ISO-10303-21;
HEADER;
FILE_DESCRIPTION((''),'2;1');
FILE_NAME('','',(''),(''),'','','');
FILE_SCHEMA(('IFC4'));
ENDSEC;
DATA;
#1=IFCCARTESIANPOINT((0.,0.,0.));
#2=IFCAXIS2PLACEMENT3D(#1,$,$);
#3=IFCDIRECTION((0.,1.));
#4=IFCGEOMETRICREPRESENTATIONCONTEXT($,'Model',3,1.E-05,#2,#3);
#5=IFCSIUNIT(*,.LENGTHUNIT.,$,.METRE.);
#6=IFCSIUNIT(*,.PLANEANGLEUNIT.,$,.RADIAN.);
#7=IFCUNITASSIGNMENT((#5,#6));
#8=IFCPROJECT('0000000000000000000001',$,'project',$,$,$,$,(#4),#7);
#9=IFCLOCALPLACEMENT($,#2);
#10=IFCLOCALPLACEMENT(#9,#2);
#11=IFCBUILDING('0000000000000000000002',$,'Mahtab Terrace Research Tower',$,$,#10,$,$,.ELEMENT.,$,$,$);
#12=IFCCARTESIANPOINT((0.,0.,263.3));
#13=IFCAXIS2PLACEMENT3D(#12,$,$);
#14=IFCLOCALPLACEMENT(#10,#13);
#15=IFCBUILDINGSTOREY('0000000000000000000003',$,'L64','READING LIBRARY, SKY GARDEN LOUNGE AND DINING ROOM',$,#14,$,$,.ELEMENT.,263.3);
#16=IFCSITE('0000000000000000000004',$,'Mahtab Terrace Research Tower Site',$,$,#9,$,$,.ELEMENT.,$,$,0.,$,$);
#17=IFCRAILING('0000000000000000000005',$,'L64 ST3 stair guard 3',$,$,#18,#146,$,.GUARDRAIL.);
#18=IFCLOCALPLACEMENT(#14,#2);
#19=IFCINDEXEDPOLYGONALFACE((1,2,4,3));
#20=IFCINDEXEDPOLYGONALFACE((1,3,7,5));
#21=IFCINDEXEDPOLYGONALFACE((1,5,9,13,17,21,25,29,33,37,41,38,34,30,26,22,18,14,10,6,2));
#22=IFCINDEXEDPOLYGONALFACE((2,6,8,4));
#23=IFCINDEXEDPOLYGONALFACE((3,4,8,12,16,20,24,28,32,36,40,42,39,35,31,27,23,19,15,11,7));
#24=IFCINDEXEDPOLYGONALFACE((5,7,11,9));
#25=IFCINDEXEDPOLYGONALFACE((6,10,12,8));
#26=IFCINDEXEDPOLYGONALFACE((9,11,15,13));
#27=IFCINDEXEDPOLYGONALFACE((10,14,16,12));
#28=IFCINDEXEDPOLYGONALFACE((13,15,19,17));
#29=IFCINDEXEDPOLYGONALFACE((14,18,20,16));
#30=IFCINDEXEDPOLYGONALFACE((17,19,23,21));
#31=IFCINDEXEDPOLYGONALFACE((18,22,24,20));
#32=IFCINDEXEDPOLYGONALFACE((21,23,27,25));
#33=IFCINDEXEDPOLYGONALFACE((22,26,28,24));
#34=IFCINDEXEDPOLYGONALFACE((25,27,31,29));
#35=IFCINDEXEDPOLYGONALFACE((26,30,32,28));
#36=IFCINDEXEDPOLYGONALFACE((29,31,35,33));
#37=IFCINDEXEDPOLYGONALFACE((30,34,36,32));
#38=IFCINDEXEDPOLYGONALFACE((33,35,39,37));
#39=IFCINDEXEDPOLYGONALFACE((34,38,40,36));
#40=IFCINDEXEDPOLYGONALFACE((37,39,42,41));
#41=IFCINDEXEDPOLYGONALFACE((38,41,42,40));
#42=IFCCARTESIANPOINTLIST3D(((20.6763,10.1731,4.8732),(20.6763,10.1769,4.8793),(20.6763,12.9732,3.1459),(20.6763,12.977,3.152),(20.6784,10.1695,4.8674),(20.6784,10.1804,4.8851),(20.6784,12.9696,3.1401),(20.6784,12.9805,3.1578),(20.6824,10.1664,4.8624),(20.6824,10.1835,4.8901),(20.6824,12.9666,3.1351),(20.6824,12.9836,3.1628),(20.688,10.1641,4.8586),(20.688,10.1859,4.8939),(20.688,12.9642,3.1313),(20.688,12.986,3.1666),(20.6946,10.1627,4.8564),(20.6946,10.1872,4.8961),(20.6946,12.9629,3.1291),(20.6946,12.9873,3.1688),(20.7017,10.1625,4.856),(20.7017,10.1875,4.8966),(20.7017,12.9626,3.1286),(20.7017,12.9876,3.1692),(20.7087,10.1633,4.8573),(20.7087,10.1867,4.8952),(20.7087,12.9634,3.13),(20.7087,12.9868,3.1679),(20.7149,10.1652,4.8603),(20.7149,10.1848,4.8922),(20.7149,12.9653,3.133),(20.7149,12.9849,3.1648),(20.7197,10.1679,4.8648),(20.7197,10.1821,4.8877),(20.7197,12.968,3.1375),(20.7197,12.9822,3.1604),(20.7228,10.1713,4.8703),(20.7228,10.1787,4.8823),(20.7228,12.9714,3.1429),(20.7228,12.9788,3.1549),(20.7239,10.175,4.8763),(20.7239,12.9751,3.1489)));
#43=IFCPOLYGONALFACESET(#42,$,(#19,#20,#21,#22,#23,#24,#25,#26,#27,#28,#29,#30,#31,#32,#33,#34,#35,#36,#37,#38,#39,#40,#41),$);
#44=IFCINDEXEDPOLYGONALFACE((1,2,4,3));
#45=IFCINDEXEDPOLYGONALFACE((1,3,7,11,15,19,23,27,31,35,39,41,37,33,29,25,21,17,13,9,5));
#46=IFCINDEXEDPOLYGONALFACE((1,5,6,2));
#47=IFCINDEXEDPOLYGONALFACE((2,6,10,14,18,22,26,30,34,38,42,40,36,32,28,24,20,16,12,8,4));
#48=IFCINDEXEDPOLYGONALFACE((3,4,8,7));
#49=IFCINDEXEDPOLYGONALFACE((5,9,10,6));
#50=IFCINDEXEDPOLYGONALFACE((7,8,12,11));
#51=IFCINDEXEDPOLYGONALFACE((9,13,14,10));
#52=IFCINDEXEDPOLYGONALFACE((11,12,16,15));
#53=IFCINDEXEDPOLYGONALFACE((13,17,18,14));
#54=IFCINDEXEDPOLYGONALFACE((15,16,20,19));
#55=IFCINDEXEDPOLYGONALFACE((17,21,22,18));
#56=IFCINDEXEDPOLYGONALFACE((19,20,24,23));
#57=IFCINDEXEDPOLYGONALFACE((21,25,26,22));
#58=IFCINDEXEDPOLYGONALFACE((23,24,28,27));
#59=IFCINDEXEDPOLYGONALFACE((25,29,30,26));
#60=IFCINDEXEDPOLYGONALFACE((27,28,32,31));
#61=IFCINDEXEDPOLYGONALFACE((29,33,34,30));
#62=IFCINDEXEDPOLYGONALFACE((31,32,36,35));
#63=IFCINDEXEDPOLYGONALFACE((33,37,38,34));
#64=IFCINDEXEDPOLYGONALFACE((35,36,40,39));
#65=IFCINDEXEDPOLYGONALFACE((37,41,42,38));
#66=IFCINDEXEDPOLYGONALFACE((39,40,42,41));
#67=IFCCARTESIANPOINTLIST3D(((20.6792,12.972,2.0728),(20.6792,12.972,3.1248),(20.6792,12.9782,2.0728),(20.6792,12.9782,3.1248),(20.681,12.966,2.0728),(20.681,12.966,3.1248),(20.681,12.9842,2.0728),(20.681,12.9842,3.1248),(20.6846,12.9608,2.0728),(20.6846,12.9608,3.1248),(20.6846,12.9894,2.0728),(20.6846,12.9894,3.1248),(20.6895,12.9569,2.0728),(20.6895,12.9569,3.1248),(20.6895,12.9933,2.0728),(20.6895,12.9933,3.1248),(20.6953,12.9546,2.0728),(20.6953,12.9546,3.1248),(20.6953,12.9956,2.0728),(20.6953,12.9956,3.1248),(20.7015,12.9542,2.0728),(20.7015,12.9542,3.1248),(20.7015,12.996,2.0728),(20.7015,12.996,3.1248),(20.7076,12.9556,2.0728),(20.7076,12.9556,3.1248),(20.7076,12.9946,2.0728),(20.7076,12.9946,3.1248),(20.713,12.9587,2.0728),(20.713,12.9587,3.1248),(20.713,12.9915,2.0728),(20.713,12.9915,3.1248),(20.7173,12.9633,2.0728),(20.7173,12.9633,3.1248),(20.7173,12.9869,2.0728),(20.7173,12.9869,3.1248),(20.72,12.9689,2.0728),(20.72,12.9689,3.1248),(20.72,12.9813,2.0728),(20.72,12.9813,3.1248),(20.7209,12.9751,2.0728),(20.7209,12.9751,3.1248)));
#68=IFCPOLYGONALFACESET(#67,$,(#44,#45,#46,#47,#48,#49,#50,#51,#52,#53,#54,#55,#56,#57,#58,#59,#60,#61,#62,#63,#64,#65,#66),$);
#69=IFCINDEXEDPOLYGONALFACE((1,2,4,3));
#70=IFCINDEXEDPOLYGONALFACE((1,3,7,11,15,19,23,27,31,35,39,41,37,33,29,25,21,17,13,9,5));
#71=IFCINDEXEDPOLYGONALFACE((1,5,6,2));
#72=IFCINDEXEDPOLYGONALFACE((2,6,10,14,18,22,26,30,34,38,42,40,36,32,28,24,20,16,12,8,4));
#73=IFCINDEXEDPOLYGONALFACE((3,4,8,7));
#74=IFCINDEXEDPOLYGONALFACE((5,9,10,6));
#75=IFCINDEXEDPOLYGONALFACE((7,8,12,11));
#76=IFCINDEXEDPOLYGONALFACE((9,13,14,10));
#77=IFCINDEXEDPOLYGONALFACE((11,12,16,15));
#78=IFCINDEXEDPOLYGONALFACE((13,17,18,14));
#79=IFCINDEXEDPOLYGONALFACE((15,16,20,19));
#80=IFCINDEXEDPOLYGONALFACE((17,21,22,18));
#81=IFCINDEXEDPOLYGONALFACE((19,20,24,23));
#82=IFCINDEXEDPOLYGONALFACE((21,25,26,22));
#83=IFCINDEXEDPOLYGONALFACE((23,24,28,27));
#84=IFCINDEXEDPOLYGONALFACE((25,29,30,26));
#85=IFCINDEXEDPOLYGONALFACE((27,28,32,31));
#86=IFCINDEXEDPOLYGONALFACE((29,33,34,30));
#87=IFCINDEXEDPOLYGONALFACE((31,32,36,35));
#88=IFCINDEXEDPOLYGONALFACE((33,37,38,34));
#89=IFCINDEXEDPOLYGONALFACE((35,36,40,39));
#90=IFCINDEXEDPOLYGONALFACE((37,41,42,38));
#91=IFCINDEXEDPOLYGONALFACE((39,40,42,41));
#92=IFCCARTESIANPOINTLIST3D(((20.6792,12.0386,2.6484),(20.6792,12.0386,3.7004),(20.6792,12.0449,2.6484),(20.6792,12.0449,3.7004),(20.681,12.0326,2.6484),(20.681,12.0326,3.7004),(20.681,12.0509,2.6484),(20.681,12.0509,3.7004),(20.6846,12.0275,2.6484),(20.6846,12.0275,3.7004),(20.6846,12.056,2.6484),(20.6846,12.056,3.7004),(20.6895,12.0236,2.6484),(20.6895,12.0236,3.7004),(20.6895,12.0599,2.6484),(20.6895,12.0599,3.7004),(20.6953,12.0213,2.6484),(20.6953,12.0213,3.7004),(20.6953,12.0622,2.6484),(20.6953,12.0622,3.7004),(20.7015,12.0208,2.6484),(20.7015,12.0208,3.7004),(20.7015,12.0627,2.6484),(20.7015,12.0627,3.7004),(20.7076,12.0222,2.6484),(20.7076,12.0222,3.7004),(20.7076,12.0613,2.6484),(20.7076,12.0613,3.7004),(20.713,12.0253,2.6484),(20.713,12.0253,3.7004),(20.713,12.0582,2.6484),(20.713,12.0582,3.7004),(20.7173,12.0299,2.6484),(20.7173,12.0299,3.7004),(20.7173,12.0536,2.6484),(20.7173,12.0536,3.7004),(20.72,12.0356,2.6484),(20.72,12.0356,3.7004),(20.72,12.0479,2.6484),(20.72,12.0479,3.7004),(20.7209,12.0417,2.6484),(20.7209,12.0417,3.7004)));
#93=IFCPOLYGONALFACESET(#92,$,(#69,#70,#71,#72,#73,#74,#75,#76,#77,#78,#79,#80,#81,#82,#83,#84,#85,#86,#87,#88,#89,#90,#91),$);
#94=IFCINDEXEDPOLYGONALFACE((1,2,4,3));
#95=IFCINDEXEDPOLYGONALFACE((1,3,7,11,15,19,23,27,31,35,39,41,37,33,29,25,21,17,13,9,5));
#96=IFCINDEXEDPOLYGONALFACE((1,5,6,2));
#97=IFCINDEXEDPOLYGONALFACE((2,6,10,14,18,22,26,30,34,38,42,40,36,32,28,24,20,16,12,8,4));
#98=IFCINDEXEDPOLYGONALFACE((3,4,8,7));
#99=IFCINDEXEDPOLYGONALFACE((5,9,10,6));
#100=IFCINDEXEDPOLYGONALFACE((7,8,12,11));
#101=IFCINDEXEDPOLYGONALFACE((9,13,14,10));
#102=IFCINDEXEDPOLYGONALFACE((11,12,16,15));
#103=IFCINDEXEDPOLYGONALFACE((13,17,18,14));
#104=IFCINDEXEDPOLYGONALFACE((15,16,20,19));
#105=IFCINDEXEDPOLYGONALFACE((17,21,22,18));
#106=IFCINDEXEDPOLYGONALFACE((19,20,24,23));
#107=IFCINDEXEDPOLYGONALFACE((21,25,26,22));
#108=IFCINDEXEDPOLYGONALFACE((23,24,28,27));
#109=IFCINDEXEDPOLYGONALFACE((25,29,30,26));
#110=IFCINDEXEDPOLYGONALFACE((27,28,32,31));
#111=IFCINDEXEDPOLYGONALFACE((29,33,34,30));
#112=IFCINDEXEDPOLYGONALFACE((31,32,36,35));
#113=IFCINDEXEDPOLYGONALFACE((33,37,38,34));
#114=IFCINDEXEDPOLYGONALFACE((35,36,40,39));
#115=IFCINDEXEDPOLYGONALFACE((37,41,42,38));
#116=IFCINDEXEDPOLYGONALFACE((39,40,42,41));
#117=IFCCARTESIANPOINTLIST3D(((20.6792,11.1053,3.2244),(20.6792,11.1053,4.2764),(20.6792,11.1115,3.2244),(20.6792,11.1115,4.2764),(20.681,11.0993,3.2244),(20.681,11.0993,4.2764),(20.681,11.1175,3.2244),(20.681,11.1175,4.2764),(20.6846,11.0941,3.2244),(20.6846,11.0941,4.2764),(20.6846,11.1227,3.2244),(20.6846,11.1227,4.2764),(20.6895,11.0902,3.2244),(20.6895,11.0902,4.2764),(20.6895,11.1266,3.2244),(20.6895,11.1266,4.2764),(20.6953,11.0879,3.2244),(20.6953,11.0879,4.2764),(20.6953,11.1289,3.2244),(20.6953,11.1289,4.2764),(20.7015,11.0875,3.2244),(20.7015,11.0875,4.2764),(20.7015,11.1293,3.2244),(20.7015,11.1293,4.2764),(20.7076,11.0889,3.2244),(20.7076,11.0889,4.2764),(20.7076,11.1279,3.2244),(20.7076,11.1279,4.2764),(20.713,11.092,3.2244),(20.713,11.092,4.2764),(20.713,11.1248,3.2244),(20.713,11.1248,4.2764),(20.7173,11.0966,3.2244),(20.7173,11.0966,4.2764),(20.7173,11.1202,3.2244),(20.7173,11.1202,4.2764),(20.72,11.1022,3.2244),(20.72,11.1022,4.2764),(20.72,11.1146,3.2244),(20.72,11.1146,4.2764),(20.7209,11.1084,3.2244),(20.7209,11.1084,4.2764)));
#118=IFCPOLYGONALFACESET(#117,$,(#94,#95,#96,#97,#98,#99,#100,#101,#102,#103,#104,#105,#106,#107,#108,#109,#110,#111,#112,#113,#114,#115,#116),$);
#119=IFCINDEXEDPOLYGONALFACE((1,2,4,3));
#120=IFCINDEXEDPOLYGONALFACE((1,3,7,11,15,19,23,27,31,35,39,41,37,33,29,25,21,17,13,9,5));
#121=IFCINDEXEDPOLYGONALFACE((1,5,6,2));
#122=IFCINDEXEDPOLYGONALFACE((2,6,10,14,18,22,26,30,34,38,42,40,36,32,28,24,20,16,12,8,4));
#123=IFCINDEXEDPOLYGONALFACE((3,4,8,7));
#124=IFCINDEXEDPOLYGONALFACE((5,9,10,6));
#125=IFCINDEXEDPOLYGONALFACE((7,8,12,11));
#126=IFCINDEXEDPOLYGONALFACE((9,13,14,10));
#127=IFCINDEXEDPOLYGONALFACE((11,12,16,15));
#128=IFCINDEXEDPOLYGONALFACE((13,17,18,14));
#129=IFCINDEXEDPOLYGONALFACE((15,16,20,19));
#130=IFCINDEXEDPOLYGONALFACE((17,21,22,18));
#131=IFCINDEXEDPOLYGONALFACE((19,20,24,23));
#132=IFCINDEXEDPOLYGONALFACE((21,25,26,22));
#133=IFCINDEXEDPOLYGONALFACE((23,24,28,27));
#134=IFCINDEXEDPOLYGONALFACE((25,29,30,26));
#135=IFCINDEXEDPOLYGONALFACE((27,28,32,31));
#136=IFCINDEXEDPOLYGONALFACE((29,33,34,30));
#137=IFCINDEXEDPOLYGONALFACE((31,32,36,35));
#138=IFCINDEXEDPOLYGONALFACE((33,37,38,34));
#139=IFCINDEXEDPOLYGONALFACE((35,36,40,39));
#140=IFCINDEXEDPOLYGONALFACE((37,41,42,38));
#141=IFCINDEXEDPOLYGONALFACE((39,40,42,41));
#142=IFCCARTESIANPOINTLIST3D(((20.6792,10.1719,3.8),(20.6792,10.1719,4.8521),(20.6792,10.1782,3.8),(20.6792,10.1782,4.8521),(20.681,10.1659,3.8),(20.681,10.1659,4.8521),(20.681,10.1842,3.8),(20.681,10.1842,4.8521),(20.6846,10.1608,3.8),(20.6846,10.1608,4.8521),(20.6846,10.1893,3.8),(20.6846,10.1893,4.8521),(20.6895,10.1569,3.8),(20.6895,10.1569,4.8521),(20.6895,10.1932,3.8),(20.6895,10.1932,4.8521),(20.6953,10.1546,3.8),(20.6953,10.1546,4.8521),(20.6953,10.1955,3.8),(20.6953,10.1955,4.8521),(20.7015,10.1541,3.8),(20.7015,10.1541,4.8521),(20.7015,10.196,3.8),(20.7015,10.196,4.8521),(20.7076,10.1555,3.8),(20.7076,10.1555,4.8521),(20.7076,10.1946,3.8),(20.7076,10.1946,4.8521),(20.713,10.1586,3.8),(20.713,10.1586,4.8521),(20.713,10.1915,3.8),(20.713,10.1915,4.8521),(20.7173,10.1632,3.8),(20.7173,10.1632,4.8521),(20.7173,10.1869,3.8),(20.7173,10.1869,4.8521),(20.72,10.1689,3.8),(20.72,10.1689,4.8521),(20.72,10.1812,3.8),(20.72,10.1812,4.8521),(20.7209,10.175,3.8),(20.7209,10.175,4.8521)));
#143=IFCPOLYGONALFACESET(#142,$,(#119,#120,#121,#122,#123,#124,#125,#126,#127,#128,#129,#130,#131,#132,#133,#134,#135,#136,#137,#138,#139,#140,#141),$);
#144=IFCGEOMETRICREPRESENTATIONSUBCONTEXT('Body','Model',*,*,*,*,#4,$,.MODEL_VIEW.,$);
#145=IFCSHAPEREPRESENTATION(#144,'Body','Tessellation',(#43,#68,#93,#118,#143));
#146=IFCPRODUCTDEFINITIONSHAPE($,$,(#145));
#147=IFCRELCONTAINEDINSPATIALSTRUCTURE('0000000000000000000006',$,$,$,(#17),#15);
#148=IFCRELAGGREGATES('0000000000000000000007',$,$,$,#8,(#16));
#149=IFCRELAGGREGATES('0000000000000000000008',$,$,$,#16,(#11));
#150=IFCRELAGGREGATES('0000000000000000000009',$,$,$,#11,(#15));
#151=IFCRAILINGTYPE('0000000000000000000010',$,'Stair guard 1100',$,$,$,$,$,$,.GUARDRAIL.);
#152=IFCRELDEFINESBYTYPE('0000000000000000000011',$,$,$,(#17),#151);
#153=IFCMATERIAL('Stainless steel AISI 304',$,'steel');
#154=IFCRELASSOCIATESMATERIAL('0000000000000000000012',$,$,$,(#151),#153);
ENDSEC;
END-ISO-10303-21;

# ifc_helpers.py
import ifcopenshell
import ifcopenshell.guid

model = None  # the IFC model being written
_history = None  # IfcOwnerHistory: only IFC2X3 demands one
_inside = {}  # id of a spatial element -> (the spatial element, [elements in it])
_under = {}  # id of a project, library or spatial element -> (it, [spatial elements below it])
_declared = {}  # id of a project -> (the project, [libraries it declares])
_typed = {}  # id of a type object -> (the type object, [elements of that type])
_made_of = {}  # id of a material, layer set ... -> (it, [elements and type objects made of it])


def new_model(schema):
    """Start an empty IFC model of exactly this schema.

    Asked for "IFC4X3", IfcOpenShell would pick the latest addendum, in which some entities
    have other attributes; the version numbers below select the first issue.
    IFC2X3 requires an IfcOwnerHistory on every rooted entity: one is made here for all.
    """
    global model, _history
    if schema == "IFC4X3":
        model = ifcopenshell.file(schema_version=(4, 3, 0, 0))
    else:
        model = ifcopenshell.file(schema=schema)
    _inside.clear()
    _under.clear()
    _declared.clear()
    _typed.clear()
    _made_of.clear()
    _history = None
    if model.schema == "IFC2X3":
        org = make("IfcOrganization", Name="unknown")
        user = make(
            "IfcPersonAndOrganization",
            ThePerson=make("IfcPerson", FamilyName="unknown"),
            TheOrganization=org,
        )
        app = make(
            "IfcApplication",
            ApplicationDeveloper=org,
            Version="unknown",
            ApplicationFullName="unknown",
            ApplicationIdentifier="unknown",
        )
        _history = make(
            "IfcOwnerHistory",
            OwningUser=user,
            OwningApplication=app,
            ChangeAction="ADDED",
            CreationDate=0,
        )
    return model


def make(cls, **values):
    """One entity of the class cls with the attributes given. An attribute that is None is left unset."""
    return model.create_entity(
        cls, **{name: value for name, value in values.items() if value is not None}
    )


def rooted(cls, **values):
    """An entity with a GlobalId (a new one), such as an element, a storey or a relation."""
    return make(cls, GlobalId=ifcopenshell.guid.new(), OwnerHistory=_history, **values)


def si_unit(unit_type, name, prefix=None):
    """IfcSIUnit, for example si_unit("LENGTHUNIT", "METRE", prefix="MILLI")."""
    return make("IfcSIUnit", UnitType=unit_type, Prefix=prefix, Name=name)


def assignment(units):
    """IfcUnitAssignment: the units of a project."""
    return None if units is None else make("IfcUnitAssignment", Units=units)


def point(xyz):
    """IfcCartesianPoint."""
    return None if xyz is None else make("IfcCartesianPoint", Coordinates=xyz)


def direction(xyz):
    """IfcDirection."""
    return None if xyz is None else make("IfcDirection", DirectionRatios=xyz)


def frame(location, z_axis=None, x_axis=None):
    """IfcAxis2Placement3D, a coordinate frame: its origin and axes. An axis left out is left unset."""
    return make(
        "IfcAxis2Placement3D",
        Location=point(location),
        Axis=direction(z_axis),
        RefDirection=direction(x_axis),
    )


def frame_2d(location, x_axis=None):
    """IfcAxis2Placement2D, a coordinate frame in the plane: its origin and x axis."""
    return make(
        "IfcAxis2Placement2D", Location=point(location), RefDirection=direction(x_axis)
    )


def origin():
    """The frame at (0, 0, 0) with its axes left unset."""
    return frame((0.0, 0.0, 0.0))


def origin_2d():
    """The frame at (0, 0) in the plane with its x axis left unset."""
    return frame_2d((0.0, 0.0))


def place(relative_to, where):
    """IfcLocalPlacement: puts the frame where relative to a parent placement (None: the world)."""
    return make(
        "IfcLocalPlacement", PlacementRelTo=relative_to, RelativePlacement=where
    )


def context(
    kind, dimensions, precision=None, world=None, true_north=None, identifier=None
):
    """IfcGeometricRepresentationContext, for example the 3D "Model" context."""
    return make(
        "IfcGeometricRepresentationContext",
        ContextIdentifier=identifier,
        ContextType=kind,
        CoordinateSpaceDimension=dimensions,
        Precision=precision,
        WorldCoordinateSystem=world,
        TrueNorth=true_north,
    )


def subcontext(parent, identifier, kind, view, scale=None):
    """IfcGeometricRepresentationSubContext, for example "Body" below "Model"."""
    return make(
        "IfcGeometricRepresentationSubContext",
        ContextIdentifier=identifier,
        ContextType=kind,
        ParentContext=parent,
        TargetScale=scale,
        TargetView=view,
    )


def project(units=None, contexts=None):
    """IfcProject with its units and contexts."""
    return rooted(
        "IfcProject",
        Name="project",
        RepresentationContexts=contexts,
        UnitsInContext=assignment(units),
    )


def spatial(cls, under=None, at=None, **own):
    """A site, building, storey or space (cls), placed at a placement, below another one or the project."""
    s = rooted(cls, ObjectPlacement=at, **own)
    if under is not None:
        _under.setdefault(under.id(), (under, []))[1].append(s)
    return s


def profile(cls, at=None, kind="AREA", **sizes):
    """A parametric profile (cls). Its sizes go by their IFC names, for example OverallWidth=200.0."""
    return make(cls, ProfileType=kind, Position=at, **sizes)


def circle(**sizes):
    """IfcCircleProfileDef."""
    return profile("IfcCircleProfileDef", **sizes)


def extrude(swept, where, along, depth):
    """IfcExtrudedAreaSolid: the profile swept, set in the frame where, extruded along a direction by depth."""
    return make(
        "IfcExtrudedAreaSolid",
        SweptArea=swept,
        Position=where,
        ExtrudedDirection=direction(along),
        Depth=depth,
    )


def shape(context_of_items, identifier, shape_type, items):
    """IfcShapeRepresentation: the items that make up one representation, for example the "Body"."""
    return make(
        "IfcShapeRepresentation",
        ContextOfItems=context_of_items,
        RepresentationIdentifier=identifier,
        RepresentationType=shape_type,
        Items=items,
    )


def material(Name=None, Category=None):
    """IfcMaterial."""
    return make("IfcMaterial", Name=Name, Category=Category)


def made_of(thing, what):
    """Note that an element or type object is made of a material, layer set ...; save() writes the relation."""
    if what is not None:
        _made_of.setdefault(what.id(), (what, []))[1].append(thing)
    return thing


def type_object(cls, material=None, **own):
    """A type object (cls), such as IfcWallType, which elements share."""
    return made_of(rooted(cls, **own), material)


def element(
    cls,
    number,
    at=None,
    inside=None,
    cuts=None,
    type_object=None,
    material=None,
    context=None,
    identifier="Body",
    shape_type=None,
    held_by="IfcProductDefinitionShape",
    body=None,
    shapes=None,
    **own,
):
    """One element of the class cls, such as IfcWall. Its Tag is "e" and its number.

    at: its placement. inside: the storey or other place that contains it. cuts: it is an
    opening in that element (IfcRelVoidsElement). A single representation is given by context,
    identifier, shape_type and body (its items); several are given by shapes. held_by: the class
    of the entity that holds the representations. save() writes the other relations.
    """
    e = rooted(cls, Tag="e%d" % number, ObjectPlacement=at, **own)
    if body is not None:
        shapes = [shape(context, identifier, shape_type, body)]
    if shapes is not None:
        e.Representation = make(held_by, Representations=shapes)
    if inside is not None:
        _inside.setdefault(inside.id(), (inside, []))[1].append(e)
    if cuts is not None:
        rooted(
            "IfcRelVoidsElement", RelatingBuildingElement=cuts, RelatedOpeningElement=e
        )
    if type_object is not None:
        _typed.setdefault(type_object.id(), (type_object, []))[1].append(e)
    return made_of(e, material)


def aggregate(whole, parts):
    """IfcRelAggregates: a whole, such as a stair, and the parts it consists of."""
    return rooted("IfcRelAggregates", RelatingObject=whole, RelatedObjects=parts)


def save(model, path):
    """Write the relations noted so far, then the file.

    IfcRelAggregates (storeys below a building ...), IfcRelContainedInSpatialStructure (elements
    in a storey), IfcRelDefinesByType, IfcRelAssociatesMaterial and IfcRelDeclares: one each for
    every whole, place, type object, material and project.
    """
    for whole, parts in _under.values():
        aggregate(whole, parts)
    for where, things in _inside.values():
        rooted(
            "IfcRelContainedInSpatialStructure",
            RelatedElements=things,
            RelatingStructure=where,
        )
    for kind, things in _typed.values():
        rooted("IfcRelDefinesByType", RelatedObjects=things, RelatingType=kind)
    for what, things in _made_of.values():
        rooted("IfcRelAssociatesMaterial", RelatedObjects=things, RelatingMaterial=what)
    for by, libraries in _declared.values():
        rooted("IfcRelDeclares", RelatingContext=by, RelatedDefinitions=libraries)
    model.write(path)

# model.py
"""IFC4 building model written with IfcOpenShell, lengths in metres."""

from ifc_helpers import new_model, si_unit, direction, frame, origin, origin_2d, place, context, subcontext, project, spatial, circle, extrude, material, type_object, element, save


model = new_model("IFC4")

# Units and contexts
model_context = context("Model", 3, precision=1e-05, world=origin(), true_north=direction((0.0, 1.0)))
body_context = subcontext(model_context, "Body", "Model", "MODEL_VIEW")
ifc_project = project(units=[si_unit("LENGTHUNIT", "METRE"), si_unit("PLANEANGLEUNIT", "RADIAN")], contexts=[model_context])

# Site, building, storey
site_placement = place(None, origin())
site = spatial("IfcSite", under=ifc_project, at=site_placement, Name="Mahtab Terrace Research Tower Site", CompositionType="ELEMENT", RefElevation=0.0)
building_placement = place(site_placement, origin())
building = spatial("IfcBuilding", under=site, at=building_placement, Name="Mahtab Terrace Research Tower", CompositionType="ELEMENT")
storey_placement = place(building_placement, frame((0.0, 0.0, 263.3)))
storey = spatial("IfcBuildingStorey", under=building, at=storey_placement, Name="L64", Description="READING LIBRARY, SKY GARDEN LOUNGE AND DINING ROOM", CompositionType="ELEMENT", Elevation=263.3)

# Shared definitions
ifc_material_1 = material(Name="Stainless steel AISI 304", Category="steel")

# Railing
railing_type_1 = type_object("IfcRailingType", Name="Stair guard 1100", PredefinedType="GUARDRAIL", material=ifc_material_1)
railing_1_placement = place(storey_placement, frame((20.7, 12.9751, 2.0728)))
element("IfcRailing", 1, at=railing_1_placement, inside=storey, type_object=railing_type_1, Name="L64 ST3 stair guard 3", PredefinedType="GUARDRAIL", context=body_context, shape_type="SweptSolid", body=[
    extrude(circle(Radius=0.0239, at=origin_2d()), frame((0.0, 0.0, 1.0762), z_axis=(0.0, -0.85109, 0.52502), x_axis=(1.0, 0.0, 0.0)), (0.0, 0.0, 1.0), 3.29),
    extrude(circle(Radius=0.021, at=origin_2d()), origin(), (0.0, 0.0, 1.0), 1.052),
    extrude(circle(Radius=0.021, at=origin_2d()), frame((0.0, -0.9333, 0.5757)), (0.0, 0.0, 1.0), 1.052),
    extrude(circle(Radius=0.021, at=origin_2d()), frame((0.0, -1.8667, 1.1516)), (0.0, 0.0, 1.0), 1.052),
    extrude(circle(Radius=0.021, at=origin_2d()), frame((0.0, -2.8, 1.7273)), (0.0, 0.0, 1.0), 1.052),
])

save(model, "model.ifc")
